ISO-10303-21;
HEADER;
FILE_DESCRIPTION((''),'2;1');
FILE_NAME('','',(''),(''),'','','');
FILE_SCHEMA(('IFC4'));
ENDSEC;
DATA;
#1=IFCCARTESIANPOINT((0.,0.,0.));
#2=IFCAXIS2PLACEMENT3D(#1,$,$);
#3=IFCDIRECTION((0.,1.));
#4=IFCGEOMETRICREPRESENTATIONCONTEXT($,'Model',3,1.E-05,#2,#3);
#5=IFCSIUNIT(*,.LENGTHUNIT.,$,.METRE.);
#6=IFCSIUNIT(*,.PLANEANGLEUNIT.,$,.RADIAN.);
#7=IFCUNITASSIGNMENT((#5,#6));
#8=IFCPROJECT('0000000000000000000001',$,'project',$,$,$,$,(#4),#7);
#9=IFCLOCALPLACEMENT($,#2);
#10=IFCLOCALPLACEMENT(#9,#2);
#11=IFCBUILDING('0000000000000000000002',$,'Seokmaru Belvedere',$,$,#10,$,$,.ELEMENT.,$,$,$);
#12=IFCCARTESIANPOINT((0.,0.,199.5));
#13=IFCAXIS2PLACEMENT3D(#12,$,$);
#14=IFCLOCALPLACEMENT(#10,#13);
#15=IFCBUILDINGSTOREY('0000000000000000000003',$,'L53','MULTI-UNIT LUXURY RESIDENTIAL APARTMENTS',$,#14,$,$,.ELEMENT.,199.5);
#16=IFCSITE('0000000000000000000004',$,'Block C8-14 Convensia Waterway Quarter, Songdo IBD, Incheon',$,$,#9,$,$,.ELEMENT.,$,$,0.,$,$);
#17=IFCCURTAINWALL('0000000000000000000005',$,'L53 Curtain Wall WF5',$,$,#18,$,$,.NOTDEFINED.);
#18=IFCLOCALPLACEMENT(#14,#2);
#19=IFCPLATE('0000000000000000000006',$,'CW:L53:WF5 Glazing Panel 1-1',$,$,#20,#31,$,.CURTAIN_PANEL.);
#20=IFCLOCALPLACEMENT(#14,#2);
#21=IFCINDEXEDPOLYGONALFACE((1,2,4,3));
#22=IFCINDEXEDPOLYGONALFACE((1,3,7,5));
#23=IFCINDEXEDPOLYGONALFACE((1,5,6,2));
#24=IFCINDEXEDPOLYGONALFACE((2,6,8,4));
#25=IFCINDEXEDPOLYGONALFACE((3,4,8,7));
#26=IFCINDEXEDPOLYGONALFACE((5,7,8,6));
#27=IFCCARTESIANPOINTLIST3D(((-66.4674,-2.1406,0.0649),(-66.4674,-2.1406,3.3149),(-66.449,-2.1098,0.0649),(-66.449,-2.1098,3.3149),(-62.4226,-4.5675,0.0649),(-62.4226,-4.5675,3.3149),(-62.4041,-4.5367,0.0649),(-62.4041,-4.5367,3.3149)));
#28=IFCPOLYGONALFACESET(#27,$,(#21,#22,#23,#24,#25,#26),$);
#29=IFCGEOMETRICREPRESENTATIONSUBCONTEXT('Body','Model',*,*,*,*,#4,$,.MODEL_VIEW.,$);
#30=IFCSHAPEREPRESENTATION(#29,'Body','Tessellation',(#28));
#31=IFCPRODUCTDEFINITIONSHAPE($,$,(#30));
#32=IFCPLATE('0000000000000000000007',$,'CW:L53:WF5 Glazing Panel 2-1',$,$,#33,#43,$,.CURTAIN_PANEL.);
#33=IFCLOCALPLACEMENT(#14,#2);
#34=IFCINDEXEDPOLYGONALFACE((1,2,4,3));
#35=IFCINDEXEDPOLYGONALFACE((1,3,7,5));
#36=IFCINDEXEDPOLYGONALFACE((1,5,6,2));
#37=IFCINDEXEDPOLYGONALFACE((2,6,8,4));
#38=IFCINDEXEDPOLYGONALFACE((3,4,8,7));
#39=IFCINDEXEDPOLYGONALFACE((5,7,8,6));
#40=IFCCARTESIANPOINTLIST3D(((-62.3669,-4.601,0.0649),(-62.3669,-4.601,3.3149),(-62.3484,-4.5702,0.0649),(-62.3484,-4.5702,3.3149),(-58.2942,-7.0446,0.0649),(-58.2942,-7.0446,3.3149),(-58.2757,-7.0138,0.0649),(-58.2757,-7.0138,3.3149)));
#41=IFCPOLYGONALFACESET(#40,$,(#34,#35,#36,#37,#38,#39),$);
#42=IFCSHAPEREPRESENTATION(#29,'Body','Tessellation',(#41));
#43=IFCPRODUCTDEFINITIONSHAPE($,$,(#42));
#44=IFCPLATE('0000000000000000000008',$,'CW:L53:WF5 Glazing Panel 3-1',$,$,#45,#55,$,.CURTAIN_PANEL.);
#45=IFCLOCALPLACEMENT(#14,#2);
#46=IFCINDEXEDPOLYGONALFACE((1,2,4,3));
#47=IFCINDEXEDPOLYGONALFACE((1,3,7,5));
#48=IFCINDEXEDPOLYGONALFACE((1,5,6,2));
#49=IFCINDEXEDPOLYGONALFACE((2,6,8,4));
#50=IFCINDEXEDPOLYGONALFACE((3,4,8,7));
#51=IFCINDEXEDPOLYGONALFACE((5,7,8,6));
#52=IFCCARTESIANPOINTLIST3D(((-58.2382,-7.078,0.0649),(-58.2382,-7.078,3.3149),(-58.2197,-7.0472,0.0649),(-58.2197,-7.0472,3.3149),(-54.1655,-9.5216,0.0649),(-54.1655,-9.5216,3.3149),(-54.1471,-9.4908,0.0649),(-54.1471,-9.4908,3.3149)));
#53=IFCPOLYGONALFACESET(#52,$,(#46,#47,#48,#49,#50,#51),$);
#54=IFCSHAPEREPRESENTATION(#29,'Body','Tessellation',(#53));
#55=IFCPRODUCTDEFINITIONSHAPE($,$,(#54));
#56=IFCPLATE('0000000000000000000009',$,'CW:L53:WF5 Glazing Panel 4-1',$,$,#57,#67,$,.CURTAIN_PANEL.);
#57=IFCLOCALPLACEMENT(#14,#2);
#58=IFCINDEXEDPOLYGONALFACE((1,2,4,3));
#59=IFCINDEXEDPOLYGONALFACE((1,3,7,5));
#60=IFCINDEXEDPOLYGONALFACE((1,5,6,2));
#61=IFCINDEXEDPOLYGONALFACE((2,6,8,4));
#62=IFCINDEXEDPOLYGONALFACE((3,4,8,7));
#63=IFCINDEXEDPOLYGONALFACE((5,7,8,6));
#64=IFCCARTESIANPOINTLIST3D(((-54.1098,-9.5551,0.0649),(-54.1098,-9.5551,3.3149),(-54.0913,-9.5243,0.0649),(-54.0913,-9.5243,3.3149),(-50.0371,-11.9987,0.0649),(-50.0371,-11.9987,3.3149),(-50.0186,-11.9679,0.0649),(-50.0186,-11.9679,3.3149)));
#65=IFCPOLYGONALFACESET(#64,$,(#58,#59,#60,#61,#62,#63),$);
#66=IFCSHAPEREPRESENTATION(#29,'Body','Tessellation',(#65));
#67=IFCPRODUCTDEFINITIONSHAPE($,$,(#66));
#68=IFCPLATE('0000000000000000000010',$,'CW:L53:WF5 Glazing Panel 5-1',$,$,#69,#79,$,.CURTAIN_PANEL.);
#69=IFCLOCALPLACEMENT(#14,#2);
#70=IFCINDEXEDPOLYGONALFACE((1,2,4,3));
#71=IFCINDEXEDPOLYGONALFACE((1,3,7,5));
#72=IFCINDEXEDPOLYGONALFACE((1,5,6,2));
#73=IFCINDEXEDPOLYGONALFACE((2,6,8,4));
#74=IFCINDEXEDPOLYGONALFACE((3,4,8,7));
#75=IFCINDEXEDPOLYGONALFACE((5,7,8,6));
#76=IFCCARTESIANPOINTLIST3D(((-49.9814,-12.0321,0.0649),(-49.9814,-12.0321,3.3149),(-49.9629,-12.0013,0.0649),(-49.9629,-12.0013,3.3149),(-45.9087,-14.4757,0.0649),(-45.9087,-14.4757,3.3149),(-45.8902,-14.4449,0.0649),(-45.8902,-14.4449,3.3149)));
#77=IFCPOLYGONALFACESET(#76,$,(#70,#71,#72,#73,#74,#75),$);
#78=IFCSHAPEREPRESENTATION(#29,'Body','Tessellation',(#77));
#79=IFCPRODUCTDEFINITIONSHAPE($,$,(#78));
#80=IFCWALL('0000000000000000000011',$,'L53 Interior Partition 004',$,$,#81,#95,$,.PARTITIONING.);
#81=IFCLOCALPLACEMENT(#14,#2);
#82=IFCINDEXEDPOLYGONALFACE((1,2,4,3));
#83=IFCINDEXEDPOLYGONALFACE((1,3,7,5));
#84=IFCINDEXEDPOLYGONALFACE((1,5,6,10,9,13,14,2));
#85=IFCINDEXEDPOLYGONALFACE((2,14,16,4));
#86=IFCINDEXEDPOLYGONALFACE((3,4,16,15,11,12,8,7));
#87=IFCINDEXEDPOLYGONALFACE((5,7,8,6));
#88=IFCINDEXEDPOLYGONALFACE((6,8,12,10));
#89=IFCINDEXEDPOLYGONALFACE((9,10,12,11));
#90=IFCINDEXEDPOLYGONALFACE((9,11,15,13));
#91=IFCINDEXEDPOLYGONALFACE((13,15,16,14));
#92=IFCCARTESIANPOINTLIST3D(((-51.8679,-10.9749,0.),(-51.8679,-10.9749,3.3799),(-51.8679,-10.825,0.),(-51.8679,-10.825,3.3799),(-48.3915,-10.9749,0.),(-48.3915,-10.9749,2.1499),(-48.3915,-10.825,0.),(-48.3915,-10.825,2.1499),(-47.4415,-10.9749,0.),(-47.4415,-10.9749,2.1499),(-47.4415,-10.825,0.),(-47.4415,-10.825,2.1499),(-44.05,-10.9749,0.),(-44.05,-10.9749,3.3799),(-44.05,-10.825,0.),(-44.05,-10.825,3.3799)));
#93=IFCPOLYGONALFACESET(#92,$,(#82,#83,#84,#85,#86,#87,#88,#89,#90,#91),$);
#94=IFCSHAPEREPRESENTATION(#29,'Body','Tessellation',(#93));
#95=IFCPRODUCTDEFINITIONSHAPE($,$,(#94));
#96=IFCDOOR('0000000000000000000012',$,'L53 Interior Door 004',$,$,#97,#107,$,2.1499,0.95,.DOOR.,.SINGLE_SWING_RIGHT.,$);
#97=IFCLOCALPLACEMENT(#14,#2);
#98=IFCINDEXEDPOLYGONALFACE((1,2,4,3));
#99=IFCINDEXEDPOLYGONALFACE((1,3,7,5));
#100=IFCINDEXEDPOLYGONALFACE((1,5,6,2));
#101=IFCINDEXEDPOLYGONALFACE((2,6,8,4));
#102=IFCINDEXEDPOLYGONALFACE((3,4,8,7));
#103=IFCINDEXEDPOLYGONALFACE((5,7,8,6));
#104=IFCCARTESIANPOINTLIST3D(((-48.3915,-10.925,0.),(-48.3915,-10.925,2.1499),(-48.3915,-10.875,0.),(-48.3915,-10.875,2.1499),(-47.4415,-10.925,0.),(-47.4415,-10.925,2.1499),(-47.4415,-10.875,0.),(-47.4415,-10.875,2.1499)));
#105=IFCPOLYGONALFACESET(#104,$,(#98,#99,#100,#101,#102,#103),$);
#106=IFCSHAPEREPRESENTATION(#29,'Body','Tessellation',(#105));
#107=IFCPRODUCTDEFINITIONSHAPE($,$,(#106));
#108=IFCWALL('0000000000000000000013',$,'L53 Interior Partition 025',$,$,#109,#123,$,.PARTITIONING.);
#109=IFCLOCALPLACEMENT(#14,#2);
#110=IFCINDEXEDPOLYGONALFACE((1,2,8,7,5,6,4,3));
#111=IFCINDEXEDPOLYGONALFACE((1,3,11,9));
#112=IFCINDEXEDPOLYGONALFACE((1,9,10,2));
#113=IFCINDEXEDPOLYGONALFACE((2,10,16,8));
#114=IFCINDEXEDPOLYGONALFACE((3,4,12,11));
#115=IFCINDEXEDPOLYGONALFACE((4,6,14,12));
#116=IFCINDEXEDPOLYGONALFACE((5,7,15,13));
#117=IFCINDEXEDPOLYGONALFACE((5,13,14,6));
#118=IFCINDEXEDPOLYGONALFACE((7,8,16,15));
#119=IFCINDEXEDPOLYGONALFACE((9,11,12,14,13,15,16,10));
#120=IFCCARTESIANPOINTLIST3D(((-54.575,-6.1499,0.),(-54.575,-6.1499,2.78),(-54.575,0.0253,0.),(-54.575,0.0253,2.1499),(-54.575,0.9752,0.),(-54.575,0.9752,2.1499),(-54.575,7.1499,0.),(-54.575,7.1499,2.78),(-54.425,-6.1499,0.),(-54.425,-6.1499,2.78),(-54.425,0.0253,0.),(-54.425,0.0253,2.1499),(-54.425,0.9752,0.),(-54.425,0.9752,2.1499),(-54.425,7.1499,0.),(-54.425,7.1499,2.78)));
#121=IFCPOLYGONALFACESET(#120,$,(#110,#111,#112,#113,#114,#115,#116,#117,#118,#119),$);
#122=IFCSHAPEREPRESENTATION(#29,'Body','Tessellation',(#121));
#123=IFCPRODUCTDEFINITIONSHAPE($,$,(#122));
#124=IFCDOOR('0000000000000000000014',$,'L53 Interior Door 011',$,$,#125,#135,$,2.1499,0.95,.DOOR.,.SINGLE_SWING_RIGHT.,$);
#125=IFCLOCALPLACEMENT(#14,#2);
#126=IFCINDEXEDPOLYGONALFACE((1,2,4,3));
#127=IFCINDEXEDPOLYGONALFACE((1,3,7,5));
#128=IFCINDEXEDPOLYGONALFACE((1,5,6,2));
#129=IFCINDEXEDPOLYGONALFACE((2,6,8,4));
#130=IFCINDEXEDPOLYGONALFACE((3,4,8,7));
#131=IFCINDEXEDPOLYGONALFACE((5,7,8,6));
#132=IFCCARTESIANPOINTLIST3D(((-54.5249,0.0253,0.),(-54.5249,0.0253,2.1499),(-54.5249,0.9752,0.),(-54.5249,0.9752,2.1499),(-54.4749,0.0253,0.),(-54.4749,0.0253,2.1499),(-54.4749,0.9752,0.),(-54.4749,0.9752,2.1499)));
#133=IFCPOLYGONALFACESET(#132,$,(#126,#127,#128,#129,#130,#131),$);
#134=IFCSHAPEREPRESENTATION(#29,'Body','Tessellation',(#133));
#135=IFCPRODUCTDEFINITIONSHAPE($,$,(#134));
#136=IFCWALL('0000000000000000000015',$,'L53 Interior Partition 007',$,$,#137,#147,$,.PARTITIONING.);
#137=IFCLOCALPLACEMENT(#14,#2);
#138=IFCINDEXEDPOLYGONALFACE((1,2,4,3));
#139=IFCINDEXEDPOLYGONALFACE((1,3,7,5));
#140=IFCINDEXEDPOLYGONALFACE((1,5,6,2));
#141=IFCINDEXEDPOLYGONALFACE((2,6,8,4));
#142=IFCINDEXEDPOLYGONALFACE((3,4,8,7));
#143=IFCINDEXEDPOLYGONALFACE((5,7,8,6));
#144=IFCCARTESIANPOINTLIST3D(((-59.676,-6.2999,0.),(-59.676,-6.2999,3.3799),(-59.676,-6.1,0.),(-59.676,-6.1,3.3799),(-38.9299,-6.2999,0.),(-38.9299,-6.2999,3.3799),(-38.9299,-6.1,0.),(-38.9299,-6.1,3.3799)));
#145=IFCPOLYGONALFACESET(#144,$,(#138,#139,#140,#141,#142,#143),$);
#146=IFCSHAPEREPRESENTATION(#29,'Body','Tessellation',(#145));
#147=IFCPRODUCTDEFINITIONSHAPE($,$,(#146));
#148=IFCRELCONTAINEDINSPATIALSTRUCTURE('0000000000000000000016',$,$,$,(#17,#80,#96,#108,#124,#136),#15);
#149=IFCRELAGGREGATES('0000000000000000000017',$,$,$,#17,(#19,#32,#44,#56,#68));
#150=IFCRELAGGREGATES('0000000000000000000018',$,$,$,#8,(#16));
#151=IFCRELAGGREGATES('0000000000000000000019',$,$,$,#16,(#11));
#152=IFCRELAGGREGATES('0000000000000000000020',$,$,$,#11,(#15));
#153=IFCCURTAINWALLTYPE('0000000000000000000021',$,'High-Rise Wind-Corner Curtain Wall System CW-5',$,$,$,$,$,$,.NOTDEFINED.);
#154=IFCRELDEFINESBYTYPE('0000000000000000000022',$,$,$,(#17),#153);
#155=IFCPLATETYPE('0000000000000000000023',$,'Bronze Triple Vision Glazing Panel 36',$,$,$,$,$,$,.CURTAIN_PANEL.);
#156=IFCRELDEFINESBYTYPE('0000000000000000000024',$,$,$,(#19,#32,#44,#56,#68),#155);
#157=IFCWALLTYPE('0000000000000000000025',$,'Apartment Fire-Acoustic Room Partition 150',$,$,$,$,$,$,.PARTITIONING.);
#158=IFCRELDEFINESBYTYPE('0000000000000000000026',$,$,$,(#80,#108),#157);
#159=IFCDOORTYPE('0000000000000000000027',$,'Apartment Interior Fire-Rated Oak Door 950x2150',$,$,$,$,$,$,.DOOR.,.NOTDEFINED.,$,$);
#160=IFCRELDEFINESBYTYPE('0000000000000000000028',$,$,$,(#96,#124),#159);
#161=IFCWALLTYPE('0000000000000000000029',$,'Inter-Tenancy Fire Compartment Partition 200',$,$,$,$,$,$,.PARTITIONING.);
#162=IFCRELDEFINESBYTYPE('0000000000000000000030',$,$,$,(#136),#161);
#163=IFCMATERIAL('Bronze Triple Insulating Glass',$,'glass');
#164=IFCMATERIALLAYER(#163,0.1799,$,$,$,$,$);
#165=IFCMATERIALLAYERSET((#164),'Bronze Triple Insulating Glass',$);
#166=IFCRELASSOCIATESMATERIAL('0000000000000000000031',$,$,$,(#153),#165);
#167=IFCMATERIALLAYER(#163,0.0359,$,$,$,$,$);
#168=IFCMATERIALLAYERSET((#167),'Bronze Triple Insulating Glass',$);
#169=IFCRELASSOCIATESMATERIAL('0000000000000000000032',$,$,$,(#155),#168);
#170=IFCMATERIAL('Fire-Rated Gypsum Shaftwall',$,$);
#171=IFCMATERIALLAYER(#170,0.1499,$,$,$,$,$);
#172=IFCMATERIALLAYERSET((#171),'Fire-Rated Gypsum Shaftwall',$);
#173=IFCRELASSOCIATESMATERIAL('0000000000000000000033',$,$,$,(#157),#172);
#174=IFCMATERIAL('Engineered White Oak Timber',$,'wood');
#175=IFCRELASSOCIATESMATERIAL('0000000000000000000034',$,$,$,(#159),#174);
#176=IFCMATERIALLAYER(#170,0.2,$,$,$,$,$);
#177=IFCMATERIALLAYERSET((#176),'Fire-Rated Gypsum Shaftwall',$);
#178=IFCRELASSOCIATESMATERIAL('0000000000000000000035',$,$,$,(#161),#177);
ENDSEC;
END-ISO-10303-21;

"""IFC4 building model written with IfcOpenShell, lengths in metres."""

from ifc_helpers import new_model, si_unit, direction, frame, frame_2d, origin, origin_2d, place, context, subcontext, project, spatial, rectangle, extrude, source, transform, mapped, material, layer, layer_set, type_object, type_shapes, element, fill, aggregate, save


model = new_model("IFC4")

# Units and contexts
model_context = context("Model", 3, precision=1e-05, world=origin(), true_north=direction((0.0, 1.0)))
body_context = subcontext(model_context, "Body", "Model", "MODEL_VIEW")
ifc_project = project(units=[si_unit("LENGTHUNIT", "METRE"), si_unit("PLANEANGLEUNIT", "RADIAN")], contexts=[model_context])

# Site, building, storey
site_placement = place(None, origin())
site = spatial("IfcSite", under=ifc_project, at=site_placement, Name="Block C8-14 Convensia Waterway Quarter, Songdo IBD, Incheon", CompositionType="ELEMENT", RefElevation=0.0)
building_placement = place(site_placement, origin())
building = spatial("IfcBuilding", under=site, at=building_placement, Name="Seokmaru Belvedere", CompositionType="ELEMENT")
storey_placement = place(building_placement, frame((0.0, 0.0, 199.5)))
storey = spatial("IfcBuildingStorey", under=building, at=storey_placement, Name="L53", Description="MULTI-UNIT LUXURY RESIDENTIAL APARTMENTS", CompositionType="ELEMENT", Elevation=199.5)

# Curtain wall, plates
ifc_material_1 = material(Name="Bronze Triple Insulating Glass", Category="glass")
ifc_layer_1 = layer(ifc_material_1, 0.1799)
ifc_layer_set_1 = layer_set([ifc_layer_1], Name="Bronze Triple Insulating Glass")
curtain_wall_type = type_object("IfcCurtainWallType", Name="High-Rise Wind-Corner Curtain Wall System CW-5", PredefinedType="NOTDEFINED", material=ifc_layer_set_1)
curtain_wall_placement = place(storey_placement, origin())
curtain_wall = element("IfcCurtainWall", 1, at=curtain_wall_placement, inside=storey, type_object=curtain_wall_type, Name="L53 Curtain Wall WF5", PredefinedType="NOTDEFINED")
ifc_layer_2 = layer(ifc_material_1, 0.0359)
ifc_layer_set_2 = layer_set([ifc_layer_2], Name="Bronze Triple Insulating Glass")
plate_type = type_object("IfcPlateType", Name="Bronze Triple Vision Glazing Panel 36", PredefinedType="CURTAIN_PANEL", material=ifc_layer_set_2)
shared_shape_1 = source(origin(), body_context, "Body", "SweptSolid", [
    extrude(rectangle(XDim=4.717, YDim=0.0359, at=origin_2d()), origin(), (0.0, 0.0, 1.0), 3.25),
])
plate_1_placement = place(storey_placement, frame((-64.4358, -3.3386, 0.0649), z_axis=(0.0, 0.0, 1.0), x_axis=(0.857493, -0.514495, 0.0)))
plate_1 = element("IfcPlate", 2, at=plate_1_placement, type_object=plate_type, Name="CW:L53:WF5 Glazing Panel 1-1", PredefinedType="CURTAIN_PANEL", context=body_context, shape_type="MappedRepresentation", body=[
    mapped(shared_shape_1, transform((0.0, 0.0, 0.0), scale=1.0)),
])
shared_shape_2 = source(origin(), body_context, "Body", "SweptSolid", [
    extrude(rectangle(XDim=4.7495, YDim=0.0359, at=origin_2d()), origin(), (0.0, 0.0, 1.0), 3.25),
])
type_shapes(plate_type, [shared_shape_1, shared_shape_2])
plate_2_placement = place(storey_placement, frame((-60.3213, -5.8074, 0.0649), z_axis=(0.0, 0.0, 1.0), x_axis=(0.857493, -0.514495, 0.0)))
plate_2 = element("IfcPlate", 3, at=plate_2_placement, type_object=plate_type, Name="CW:L53:WF5 Glazing Panel 2-1", PredefinedType="CURTAIN_PANEL", context=body_context, shape_type="MappedRepresentation", body=[
    mapped(shared_shape_2, transform((0.0, 0.0, 0.0), scale=1.0)),
])
plate_3_placement = place(storey_placement, frame((-56.1926, -8.2844, 0.0649), z_axis=(0.0, 0.0, 1.0), x_axis=(0.857493, -0.514495, 0.0)))
plate_3 = element("IfcPlate", 4, at=plate_3_placement, type_object=plate_type, Name="CW:L53:WF5 Glazing Panel 3-1", PredefinedType="CURTAIN_PANEL", context=body_context, shape_type="MappedRepresentation", body=[
    mapped(shared_shape_2, transform((0.0, 0.0, 0.0), scale=1.0)),
])
plate_4_placement = place(storey_placement, frame((-52.0642, -10.7615, 0.0649), z_axis=(0.0, 0.0, 1.0), x_axis=(0.857493, -0.514495, 0.0)))
plate_4 = element("IfcPlate", 5, at=plate_4_placement, type_object=plate_type, Name="CW:L53:WF5 Glazing Panel 4-1", PredefinedType="CURTAIN_PANEL", context=body_context, shape_type="MappedRepresentation", body=[
    mapped(shared_shape_2, transform((0.0, 0.0, 0.0), scale=1.0)),
])
plate_5_placement = place(storey_placement, frame((-47.9358, -13.2385, 0.0649), z_axis=(0.0, 0.0, 1.0), x_axis=(0.857493, -0.514495, 0.0)))
plate_5 = element("IfcPlate", 6, at=plate_5_placement, type_object=plate_type, Name="CW:L53:WF5 Glazing Panel 5-1", PredefinedType="CURTAIN_PANEL", context=body_context, shape_type="MappedRepresentation", body=[
    mapped(shared_shape_2, transform((0.0, 0.0, 0.0), scale=1.0)),
])
aggregate(curtain_wall, [plate_1, plate_2, plate_3, plate_4, plate_5])

# Walls, openings, doors
ifc_material_2 = material(Name="Fire-Rated Gypsum Shaftwall")
ifc_layer_3 = layer(ifc_material_2, 0.1499)
ifc_layer_set_3 = layer_set([ifc_layer_3], Name="Fire-Rated Gypsum Shaftwall")
wall_type_1 = type_object("IfcWallType", Name="Apartment Fire-Acoustic Room Partition 150", PredefinedType="PARTITIONING", material=ifc_layer_set_3)
wall_1_placement = place(storey_placement, frame((-51.8679, -10.8999, 0.0), z_axis=(0.0, 0.0, 1.0), x_axis=(1.0, 0.0, 0.0)))
wall_1 = element("IfcWall", 7, at=wall_1_placement, inside=storey, type_object=wall_type_1, Name="L53 Interior Partition 004", PredefinedType="PARTITIONING", context=body_context, shape_type="SweptSolid", body=[
    extrude(rectangle(XDim=7.8179, YDim=0.1499, at=frame_2d((3.9089, 0.0))), origin(), (0.0, 0.0, 1.0), 3.3799),
])
opening_1_placement = place(wall_1_placement, frame((3.4763, 0.0, 0.0)))
opening_1 = element("IfcOpeningElement", 8, at=opening_1_placement, cuts=wall_1, PredefinedType="OPENING", context=body_context, shape_type="SweptSolid", body=[
    extrude(rectangle(XDim=0.95, YDim=2.1499, at=frame_2d((0.4751, 1.075))), frame((0.0, 0.085, 0.0), z_axis=(0.0, -1.0, 0.0), x_axis=(1.0, 0.0, 0.0)), (0.0, 0.0, 1.0), 0.1699),
])
ifc_material_3 = material(Name="Engineered White Oak Timber", Category="wood")
door_type = type_object("IfcDoorType", Name="Apartment Interior Fire-Rated Oak Door 950x2150", OperationType="NOTDEFINED", PredefinedType="DOOR", material=ifc_material_3)
shared_shape_3 = source(origin(), body_context, "Body", "SweptSolid", [
    extrude(rectangle(XDim=0.95, YDim=2.1499, at=frame_2d((0.4751, 1.075))), frame((0.0, 0.0249, 0.0), z_axis=(0.0, -1.0, 0.0), x_axis=(1.0, 0.0, 0.0)), (0.0, 0.0, 1.0), 0.05),
])
type_shapes(door_type, [shared_shape_3])
door_1_placement = place(opening_1_placement, origin())
door_1 = element("IfcDoor", 9, at=door_1_placement, inside=storey, type_object=door_type, Name="L53 Interior Door 004", OperationType="SINGLE_SWING_RIGHT", OverallHeight=2.1499, OverallWidth=0.95, PredefinedType="DOOR", context=body_context, shape_type="MappedRepresentation", body=[
    mapped(shared_shape_3, transform((0.0, 0.0, 0.0), scale=1.0)),
])
fill(opening_1, door_1)
wall_2_placement = place(storey_placement, frame((-54.5, -6.1499, 0.0), z_axis=(0.0, 0.0, 1.0), x_axis=(0.0, 1.0, 0.0)))
wall_2 = element("IfcWall", 10, at=wall_2_placement, inside=storey, type_object=wall_type_1, Name="L53 Interior Partition 025", PredefinedType="PARTITIONING", context=body_context, shape_type="SweptSolid", body=[
    extrude(rectangle(XDim=13.2998, YDim=0.1499, at=frame_2d((6.6499, 0.0))), origin(), (0.0, 0.0, 1.0), 2.78),
])
opening_2_placement = place(wall_2_placement, frame((6.175, 0.0, 0.0)))
opening_2 = element("IfcOpeningElement", 11, at=opening_2_placement, cuts=wall_2, PredefinedType="OPENING", context=body_context, shape_type="SweptSolid", body=[
    extrude(rectangle(XDim=0.95, YDim=2.1499, at=frame_2d((0.4751, 1.075))), frame((0.0, 0.085, 0.0), z_axis=(0.0, -1.0, 0.0), x_axis=(1.0, 0.0, 0.0)), (0.0, 0.0, 1.0), 0.1699),
])
door_2_placement = place(opening_2_placement, origin())
door_2 = element("IfcDoor", 12, at=door_2_placement, inside=storey, type_object=door_type, Name="L53 Interior Door 011", OperationType="SINGLE_SWING_RIGHT", OverallHeight=2.1499, OverallWidth=0.95, PredefinedType="DOOR", context=body_context, shape_type="MappedRepresentation", body=[
    mapped(shared_shape_3, transform((0.0, 0.0, 0.0), scale=1.0)),
])
fill(opening_2, door_2)

# Wall
ifc_layer_4 = layer(ifc_material_2, 0.2)
ifc_layer_set_4 = layer_set([ifc_layer_4], Name="Fire-Rated Gypsum Shaftwall")
wall_type_2 = type_object("IfcWallType", Name="Inter-Tenancy Fire Compartment Partition 200", PredefinedType="PARTITIONING", material=ifc_layer_set_4)
wall_3_placement = place(storey_placement, frame((-59.676, -6.2, 0.0), z_axis=(0.0, 0.0, 1.0), x_axis=(1.0, 0.0, 0.0)))
element("IfcWall", 13, at=wall_3_placement, inside=storey, type_object=wall_type_2, Name="L53 Interior Partition 007", PredefinedType="PARTITIONING", context=body_context, shape_type="SweptSolid", body=[
    extrude(rectangle(XDim=20.7461, YDim=0.2, at=frame_2d((10.373, 0.0))), origin(), (0.0, 0.0, 1.0), 3.3799),
])

save(model, "model.ifc")
